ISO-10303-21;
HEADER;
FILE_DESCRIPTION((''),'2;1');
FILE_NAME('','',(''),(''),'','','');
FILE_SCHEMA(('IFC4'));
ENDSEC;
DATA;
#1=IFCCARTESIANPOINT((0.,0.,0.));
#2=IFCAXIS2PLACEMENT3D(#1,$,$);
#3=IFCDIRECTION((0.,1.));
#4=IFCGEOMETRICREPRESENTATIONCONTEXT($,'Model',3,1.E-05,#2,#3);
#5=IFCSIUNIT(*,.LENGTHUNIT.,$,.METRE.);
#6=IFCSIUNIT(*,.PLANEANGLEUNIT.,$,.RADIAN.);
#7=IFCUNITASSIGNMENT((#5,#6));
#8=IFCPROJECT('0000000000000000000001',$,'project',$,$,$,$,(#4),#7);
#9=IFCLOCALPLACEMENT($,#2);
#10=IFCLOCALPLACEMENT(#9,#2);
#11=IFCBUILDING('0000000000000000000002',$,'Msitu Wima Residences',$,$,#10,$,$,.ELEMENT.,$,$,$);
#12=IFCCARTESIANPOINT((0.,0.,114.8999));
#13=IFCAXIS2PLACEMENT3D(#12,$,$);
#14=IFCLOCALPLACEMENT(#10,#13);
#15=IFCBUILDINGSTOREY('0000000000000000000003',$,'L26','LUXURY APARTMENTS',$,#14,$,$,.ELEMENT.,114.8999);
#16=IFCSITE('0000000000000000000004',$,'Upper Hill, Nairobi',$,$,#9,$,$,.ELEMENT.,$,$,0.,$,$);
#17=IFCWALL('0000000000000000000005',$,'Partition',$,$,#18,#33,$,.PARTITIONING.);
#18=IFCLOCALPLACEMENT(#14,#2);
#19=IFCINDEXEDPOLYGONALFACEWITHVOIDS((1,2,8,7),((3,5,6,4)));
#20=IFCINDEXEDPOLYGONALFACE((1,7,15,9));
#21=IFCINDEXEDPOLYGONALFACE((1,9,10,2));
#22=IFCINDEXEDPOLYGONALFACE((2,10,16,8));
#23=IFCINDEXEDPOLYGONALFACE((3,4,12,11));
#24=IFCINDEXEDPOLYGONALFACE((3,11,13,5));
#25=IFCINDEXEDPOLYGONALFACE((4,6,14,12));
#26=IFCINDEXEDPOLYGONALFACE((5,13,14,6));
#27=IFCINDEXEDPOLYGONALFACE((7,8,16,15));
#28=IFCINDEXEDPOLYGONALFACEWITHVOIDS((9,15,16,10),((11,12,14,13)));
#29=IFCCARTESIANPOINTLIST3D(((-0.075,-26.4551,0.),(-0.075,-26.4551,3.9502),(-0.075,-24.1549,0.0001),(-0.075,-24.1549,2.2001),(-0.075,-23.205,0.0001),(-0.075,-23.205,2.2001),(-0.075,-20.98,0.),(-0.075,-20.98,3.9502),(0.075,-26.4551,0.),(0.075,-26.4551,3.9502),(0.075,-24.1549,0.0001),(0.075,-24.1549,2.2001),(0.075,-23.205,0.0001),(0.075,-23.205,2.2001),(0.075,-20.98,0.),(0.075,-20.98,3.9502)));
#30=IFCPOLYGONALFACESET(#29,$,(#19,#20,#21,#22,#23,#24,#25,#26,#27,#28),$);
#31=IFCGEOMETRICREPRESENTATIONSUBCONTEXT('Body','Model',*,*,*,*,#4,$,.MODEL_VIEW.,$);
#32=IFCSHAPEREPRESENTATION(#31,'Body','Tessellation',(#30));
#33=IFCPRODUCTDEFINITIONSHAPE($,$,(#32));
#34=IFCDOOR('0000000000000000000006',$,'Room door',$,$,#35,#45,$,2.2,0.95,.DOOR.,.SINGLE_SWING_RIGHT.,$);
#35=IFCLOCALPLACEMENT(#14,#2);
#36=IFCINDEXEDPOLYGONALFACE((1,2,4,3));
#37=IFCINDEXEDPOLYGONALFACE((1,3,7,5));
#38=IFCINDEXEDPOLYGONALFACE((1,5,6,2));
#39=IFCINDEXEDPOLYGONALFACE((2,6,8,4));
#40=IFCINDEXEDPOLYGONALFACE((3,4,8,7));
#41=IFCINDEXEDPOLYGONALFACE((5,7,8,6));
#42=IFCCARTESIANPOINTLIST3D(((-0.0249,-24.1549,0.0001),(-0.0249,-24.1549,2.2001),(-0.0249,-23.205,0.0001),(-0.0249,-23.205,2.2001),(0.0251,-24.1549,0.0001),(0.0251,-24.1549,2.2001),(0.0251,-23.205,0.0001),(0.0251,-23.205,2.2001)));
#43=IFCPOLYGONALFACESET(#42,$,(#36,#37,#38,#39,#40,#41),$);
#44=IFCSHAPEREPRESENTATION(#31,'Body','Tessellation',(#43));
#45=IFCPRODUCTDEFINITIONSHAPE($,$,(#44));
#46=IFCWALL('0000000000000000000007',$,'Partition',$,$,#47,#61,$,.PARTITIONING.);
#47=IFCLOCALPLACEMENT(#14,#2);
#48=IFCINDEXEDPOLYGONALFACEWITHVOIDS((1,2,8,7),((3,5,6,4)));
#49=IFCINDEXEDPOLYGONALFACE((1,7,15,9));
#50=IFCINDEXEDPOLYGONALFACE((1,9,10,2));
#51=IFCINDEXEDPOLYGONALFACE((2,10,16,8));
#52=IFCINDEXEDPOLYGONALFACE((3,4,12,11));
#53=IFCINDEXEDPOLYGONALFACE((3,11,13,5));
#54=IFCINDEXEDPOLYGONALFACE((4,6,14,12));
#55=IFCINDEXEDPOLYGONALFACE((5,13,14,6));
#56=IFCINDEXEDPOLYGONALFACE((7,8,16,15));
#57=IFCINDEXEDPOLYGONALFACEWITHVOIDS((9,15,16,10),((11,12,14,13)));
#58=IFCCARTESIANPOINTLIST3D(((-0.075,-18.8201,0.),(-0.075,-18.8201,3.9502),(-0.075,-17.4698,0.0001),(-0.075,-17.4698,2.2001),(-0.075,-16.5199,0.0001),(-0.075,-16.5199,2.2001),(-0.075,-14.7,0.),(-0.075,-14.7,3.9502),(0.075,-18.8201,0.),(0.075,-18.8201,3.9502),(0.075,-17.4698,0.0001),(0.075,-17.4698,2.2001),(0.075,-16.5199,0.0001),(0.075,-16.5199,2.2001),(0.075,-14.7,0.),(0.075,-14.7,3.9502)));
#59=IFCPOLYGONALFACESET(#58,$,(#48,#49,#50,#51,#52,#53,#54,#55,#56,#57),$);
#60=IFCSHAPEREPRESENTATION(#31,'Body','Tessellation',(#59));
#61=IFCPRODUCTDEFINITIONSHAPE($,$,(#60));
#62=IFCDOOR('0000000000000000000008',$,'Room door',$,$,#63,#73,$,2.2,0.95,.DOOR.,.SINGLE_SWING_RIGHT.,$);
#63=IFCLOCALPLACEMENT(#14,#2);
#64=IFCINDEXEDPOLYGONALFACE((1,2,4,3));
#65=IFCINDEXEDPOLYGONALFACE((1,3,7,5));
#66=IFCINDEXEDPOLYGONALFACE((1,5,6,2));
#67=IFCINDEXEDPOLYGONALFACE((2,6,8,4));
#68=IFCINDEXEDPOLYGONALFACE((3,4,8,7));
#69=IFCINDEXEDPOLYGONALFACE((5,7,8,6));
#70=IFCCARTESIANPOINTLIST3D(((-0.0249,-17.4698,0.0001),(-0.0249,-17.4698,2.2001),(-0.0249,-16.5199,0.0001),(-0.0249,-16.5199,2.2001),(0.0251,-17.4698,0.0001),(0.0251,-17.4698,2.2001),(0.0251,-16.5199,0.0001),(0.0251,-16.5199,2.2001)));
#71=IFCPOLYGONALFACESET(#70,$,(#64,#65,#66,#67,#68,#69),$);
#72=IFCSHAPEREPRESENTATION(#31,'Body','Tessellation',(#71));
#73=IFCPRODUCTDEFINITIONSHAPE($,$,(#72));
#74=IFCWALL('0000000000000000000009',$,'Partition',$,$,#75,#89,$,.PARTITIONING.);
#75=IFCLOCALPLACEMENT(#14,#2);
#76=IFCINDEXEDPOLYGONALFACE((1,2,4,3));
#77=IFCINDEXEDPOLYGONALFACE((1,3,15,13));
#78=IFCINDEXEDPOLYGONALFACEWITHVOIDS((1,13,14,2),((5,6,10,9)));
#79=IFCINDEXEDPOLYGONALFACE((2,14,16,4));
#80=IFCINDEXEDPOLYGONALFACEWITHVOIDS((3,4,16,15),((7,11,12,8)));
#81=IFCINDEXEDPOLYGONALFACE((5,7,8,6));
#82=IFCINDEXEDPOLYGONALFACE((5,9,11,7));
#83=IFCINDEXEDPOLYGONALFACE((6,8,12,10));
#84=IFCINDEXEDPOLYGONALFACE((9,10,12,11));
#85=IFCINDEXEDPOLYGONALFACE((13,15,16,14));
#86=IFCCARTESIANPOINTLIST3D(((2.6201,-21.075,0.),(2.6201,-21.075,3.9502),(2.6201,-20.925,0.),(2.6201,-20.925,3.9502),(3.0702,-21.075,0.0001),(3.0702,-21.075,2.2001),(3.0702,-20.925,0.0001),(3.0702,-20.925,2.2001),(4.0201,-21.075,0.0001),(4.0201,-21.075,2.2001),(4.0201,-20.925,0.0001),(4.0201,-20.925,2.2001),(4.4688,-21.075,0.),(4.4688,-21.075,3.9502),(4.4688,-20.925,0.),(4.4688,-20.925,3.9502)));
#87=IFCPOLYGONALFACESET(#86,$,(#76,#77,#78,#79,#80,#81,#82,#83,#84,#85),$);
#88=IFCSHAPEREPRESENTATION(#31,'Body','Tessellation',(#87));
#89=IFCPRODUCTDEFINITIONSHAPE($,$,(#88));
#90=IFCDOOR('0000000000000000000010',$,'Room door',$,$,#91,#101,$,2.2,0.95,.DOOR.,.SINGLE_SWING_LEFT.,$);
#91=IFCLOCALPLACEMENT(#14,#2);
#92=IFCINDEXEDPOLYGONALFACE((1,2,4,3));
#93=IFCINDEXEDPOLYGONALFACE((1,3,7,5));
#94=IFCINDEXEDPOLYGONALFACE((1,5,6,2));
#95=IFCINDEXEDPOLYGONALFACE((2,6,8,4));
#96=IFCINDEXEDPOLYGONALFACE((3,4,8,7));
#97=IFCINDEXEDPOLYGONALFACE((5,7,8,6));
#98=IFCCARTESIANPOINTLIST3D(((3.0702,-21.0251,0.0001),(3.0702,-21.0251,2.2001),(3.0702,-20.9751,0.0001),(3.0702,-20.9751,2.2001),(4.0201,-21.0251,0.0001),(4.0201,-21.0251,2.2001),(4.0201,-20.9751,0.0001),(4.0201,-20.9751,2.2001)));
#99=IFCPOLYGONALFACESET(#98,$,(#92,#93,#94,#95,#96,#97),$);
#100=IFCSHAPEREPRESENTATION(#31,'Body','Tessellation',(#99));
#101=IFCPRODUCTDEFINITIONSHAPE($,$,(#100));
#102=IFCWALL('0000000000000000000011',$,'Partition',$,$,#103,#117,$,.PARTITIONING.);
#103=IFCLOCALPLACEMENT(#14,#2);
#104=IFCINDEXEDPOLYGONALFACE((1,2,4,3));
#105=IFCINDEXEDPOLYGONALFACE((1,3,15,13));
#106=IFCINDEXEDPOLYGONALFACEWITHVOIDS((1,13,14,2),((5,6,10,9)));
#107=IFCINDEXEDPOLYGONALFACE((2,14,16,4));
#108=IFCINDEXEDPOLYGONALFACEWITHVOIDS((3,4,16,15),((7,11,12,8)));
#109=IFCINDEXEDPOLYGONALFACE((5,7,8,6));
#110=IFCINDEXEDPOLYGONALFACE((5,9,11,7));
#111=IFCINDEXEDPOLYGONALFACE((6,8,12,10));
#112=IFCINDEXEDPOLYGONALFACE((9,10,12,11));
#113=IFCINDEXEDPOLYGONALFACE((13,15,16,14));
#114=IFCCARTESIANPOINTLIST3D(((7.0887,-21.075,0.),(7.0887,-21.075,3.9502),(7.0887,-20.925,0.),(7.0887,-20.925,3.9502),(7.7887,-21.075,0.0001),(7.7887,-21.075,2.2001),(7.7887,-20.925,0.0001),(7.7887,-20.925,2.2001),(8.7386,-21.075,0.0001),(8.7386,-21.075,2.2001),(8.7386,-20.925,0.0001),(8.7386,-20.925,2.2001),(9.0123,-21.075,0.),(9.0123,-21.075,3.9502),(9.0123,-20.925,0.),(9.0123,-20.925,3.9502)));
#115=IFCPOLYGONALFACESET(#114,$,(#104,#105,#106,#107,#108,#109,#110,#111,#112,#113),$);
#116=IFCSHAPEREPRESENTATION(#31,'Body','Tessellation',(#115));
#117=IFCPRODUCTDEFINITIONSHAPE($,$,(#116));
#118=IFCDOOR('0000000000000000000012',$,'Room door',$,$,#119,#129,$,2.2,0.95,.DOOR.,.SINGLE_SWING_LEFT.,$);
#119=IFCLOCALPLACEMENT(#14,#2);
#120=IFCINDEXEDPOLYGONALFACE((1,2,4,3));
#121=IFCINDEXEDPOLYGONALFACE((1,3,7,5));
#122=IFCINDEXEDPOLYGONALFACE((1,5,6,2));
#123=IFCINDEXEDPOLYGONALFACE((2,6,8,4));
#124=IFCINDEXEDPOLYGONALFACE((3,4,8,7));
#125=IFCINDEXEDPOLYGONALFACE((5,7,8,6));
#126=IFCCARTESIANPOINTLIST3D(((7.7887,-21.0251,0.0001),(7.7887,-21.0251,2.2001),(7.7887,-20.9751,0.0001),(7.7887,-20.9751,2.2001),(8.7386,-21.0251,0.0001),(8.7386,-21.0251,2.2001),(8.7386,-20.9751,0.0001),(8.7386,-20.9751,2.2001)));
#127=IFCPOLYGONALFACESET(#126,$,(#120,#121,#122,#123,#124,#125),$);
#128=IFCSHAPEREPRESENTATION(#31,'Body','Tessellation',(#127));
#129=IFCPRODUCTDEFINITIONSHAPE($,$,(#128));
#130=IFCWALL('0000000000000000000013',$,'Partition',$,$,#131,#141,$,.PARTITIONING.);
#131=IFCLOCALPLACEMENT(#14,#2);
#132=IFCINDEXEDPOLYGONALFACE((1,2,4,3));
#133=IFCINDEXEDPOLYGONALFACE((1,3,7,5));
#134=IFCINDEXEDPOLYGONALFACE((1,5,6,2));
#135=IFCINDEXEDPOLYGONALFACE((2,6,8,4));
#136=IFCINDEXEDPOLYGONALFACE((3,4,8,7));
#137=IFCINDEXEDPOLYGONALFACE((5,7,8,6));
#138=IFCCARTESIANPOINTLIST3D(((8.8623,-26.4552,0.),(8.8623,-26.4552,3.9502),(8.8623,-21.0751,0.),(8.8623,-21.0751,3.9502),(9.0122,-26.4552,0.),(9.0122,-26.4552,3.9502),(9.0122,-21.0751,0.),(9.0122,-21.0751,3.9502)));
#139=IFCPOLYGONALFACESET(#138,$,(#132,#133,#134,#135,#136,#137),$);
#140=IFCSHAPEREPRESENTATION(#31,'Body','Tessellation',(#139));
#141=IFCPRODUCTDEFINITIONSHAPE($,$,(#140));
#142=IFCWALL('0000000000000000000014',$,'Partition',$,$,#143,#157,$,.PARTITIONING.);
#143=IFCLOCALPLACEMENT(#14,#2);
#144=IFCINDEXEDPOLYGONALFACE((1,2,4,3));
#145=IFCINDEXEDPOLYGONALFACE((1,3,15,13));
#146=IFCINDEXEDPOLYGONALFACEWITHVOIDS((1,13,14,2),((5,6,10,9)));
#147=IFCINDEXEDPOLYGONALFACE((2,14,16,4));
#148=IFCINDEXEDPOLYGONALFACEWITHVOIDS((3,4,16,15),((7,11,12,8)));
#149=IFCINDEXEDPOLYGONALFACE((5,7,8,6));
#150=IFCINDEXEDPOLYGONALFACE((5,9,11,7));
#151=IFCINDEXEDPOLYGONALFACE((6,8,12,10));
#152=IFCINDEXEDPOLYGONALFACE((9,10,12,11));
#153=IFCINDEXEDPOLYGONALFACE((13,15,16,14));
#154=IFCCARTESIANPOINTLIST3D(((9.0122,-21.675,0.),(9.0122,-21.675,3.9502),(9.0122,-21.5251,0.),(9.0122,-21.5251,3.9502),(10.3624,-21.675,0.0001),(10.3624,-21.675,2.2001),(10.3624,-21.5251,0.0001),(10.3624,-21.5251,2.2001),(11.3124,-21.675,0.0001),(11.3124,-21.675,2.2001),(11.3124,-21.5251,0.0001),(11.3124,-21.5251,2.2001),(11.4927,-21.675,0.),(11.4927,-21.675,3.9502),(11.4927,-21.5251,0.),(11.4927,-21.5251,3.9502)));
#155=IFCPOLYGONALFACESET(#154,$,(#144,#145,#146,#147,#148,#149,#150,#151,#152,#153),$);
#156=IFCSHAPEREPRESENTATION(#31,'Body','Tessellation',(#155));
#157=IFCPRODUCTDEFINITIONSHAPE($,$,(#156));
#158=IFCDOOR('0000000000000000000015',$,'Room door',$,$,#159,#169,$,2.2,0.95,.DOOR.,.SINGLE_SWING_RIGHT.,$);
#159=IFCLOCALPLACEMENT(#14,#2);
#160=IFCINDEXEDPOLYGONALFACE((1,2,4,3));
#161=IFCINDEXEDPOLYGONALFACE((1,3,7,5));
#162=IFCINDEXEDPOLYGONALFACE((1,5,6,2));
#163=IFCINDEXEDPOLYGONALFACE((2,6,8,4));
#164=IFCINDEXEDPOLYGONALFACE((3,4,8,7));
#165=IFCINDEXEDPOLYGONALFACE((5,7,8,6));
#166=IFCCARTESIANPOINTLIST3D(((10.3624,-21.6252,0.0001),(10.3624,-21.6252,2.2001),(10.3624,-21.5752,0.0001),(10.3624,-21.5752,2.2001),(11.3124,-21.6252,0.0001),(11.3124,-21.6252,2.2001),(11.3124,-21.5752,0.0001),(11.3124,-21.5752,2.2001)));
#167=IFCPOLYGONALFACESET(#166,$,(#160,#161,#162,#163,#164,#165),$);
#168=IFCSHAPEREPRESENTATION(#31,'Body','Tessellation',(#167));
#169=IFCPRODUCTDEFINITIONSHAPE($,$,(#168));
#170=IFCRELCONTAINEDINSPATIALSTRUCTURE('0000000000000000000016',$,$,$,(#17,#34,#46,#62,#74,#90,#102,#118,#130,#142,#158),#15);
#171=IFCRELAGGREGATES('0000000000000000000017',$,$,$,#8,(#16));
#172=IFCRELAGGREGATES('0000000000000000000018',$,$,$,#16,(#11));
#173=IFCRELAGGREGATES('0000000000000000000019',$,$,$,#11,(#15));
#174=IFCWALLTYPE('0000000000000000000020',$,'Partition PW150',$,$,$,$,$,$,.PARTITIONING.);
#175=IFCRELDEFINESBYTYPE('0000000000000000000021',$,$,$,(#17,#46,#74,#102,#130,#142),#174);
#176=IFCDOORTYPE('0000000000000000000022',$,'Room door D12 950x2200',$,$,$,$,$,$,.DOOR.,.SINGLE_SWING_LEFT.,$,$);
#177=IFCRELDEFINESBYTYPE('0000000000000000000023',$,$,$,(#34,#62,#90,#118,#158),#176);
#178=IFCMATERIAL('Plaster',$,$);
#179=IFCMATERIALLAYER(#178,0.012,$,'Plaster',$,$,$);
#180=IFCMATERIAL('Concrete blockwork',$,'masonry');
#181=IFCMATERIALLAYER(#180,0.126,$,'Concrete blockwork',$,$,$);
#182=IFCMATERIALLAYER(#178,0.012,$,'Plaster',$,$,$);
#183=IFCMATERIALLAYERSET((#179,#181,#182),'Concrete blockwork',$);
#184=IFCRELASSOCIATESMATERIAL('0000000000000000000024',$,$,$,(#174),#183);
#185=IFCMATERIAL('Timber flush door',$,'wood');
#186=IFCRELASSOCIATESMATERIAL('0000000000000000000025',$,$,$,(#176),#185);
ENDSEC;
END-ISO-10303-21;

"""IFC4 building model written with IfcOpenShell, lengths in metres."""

from ifc_helpers import new_model, si_unit, direction, frame, frame_2d, origin, place, context, subcontext, project, spatial, rectangle, extrude, material, layer, layer_set, type_object, element, fill, save


model = new_model("IFC4")

# Units and contexts
model_context = context("Model", 3, precision=1e-05, world=origin(), true_north=direction((0.0, 1.0)))
body_context = subcontext(model_context, "Body", "Model", "MODEL_VIEW")
ifc_project = project(units=[si_unit("LENGTHUNIT", "METRE"), si_unit("PLANEANGLEUNIT", "RADIAN")], contexts=[model_context])

# Site, building, storey
site_placement = place(None, origin())
site = spatial("IfcSite", under=ifc_project, at=site_placement, Name="Upper Hill, Nairobi", CompositionType="ELEMENT", RefElevation=0.0)
building_placement = place(site_placement, origin())
building = spatial("IfcBuilding", under=site, at=building_placement, Name="Msitu Wima Residences", CompositionType="ELEMENT")
storey_placement = place(building_placement, frame((0.0, 0.0, 114.8999)))
storey = spatial("IfcBuildingStorey", under=building, at=storey_placement, Name="L26", Description="LUXURY APARTMENTS", CompositionType="ELEMENT", Elevation=114.8999)

# Walls, openings, doors
ifc_material_1 = material(Name="Plaster")
ifc_layer_1 = layer(ifc_material_1, 0.012, Name="Plaster")
ifc_material_2 = material(Name="Concrete blockwork", Category="masonry")
ifc_layer_2 = layer(ifc_material_2, 0.126, Name="Concrete blockwork")
ifc_layer_3 = layer(ifc_material_1, 0.012, Name="Plaster")
ifc_layer_set_1 = layer_set([ifc_layer_1, ifc_layer_2, ifc_layer_3], Name="Concrete blockwork")
wall_type_1 = type_object("IfcWallType", Name="Partition PW150", PredefinedType="PARTITIONING", material=ifc_layer_set_1)
wall_1_placement = place(storey_placement, frame((0.0, -26.4551, 0.0), z_axis=(0.0, 0.0, 1.0), x_axis=(0.0, 1.0, 0.0)))
wall_1 = element("IfcWall", 1, at=wall_1_placement, inside=storey, type_object=wall_type_1, Name="Partition", PredefinedType="PARTITIONING", context=body_context, shape_type="SweptSolid", body=[
    extrude(rectangle(XDim=5.4751, YDim=0.1499, at=frame_2d((2.7375, 0.0))), origin(), (0.0, 0.0, 1.0), 3.9502),
])
opening_1_placement = place(wall_1_placement, frame((2.3, 0.0, 0.0)))
opening_1 = element("IfcOpeningElement", 2, at=opening_1_placement, cuts=wall_1, PredefinedType="OPENING", context=body_context, shape_type="SweptSolid", body=[
    extrude(rectangle(XDim=0.95, YDim=2.2, at=frame_2d((0.4751, 1.1001))), frame((0.0, 0.085, 0.0), z_axis=(0.0, -1.0, 0.0), x_axis=(1.0, 0.0, 0.0)), (0.0, 0.0, 1.0), 0.1699),
])
ifc_material_3 = material(Name="Timber flush door", Category="wood")
door_type_1 = type_object("IfcDoorType", Name="Room door D12 950x2200", OperationType="SINGLE_SWING_LEFT", PredefinedType="DOOR", material=ifc_material_3)
door_1_placement = place(opening_1_placement, origin())
door_1 = element("IfcDoor", 3, at=door_1_placement, inside=storey, type_object=door_type_1, Name="Room door", OperationType="SINGLE_SWING_RIGHT", OverallHeight=2.2, OverallWidth=0.95, PredefinedType="DOOR", context=body_context, shape_type="SweptSolid", body=[
    extrude(rectangle(XDim=0.95, YDim=2.2, at=frame_2d((0.4751, 1.1001))), frame((0.0, 0.0249, 0.0), z_axis=(0.0, -1.0, 0.0), x_axis=(1.0, 0.0, 0.0)), (0.0, 0.0, 1.0), 0.05),
])
fill(opening_1, door_1)
wall_2_placement = place(storey_placement, frame((0.0, -18.8201, 0.0), z_axis=(0.0, 0.0, 1.0), x_axis=(0.0, 1.0, 0.0)))
wall_2 = element("IfcWall", 4, at=wall_2_placement, inside=storey, type_object=wall_type_1, Name="Partition", PredefinedType="PARTITIONING", context=body_context, shape_type="SweptSolid", body=[
    extrude(rectangle(XDim=4.1201, YDim=0.1499, at=frame_2d((2.0601, 0.0))), origin(), (0.0, 0.0, 1.0), 3.9502),
])
opening_2_placement = place(wall_2_placement, frame((1.3501, 0.0, 0.0)))
opening_2 = element("IfcOpeningElement", 5, at=opening_2_placement, cuts=wall_2, PredefinedType="OPENING", context=body_context, shape_type="SweptSolid", body=[
    extrude(rectangle(XDim=0.95, YDim=2.2, at=frame_2d((0.4751, 1.1001))), frame((0.0, 0.085, 0.0), z_axis=(0.0, -1.0, 0.0), x_axis=(1.0, 0.0, 0.0)), (0.0, 0.0, 1.0), 0.1699),
])
door_2_placement = place(opening_2_placement, origin())
door_2 = element("IfcDoor", 6, at=door_2_placement, inside=storey, type_object=door_type_1, Name="Room door", OperationType="SINGLE_SWING_RIGHT", OverallHeight=2.2, OverallWidth=0.95, PredefinedType="DOOR", context=body_context, shape_type="SweptSolid", body=[
    extrude(rectangle(XDim=0.95, YDim=2.2, at=frame_2d((0.4751, 1.1001))), frame((0.0, 0.0249, 0.0), z_axis=(0.0, -1.0, 0.0), x_axis=(1.0, 0.0, 0.0)), (0.0, 0.0, 1.0), 0.05),
])
fill(opening_2, door_2)
wall_3_placement = place(storey_placement, frame((2.6201, -21.0, 0.0), z_axis=(0.0, 0.0, 1.0), x_axis=(1.0, 0.0, 0.0)))
wall_3 = element("IfcWall", 7, at=wall_3_placement, inside=storey, type_object=wall_type_1, Name="Partition", PredefinedType="PARTITIONING", context=body_context, shape_type="SweptSolid", body=[
    extrude(rectangle(XDim=1.8486, YDim=0.1499, at=frame_2d((0.9243, 0.0))), origin(), (0.0, 0.0, 1.0), 3.9502),
])
opening_3_placement = place(wall_3_placement, frame((0.45, 0.0, 0.0)))
opening_3 = element("IfcOpeningElement", 8, at=opening_3_placement, cuts=wall_3, PredefinedType="OPENING", context=body_context, shape_type="SweptSolid", body=[
    extrude(rectangle(XDim=0.95, YDim=2.2, at=frame_2d((0.4751, 1.1001))), frame((0.0, 0.085, 0.0), z_axis=(0.0, -1.0, 0.0), x_axis=(1.0, 0.0, 0.0)), (0.0, 0.0, 1.0), 0.1699),
])
door_3_placement = place(opening_3_placement, origin())
door_3 = element("IfcDoor", 9, at=door_3_placement, inside=storey, type_object=door_type_1, Name="Room door", OperationType="SINGLE_SWING_LEFT", OverallHeight=2.2, OverallWidth=0.95, PredefinedType="DOOR", context=body_context, shape_type="SweptSolid", body=[
    extrude(rectangle(XDim=0.95, YDim=2.2, at=frame_2d((0.4751, 1.1001))), frame((0.0, 0.0249, 0.0), z_axis=(0.0, -1.0, 0.0), x_axis=(1.0, 0.0, 0.0)), (0.0, 0.0, 1.0), 0.05),
])
fill(opening_3, door_3)
wall_4_placement = place(storey_placement, frame((7.0886, -21.0, 0.0), z_axis=(0.0, 0.0, 1.0), x_axis=(1.0, 0.0, 0.0)))
wall_4 = element("IfcWall", 10, at=wall_4_placement, inside=storey, type_object=wall_type_1, Name="Partition", PredefinedType="PARTITIONING", context=body_context, shape_type="SweptSolid", body=[
    extrude(rectangle(XDim=1.9236, YDim=0.1499, at=frame_2d((0.9619, 0.0))), origin(), (0.0, 0.0, 1.0), 3.9502),
])
opening_4_placement = place(wall_4_placement, frame((0.7, 0.0, 0.0)))
opening_4 = element("IfcOpeningElement", 11, at=opening_4_placement, cuts=wall_4, PredefinedType="OPENING", context=body_context, shape_type="SweptSolid", body=[
    extrude(rectangle(XDim=0.95, YDim=2.2, at=frame_2d((0.4751, 1.1001))), frame((0.0, 0.085, 0.0), z_axis=(0.0, -1.0, 0.0), x_axis=(1.0, 0.0, 0.0)), (0.0, 0.0, 1.0), 0.1699),
])
door_4_placement = place(opening_4_placement, origin())
door_4 = element("IfcDoor", 12, at=door_4_placement, inside=storey, type_object=door_type_1, Name="Room door", OperationType="SINGLE_SWING_LEFT", OverallHeight=2.2, OverallWidth=0.95, PredefinedType="DOOR", context=body_context, shape_type="SweptSolid", body=[
    extrude(rectangle(XDim=0.95, YDim=2.2, at=frame_2d((0.4751, 1.1001))), frame((0.0, 0.0249, 0.0), z_axis=(0.0, -1.0, 0.0), x_axis=(1.0, 0.0, 0.0)), (0.0, 0.0, 1.0), 0.05),
])
fill(opening_4, door_4)

# Wall
wall_5_placement = place(storey_placement, frame((8.9373, -26.4551, 0.0), z_axis=(0.0, 0.0, 1.0), x_axis=(0.0, 1.0, 0.0)))
element("IfcWall", 13, at=wall_5_placement, inside=storey, type_object=wall_type_1, Name="Partition", PredefinedType="PARTITIONING", context=body_context, shape_type="SweptSolid", body=[
    extrude(rectangle(XDim=5.3801, YDim=0.1499, at=frame_2d((2.6899, 0.0))), origin(), (0.0, 0.0, 1.0), 3.9502),
])

# Wall, opening, door
wall_6_placement = place(storey_placement, frame((9.0122, -21.6001, 0.0), z_axis=(0.0, 0.0, 1.0), x_axis=(1.0, 0.0, 0.0)))
wall_6 = element("IfcWall", 14, at=wall_6_placement, inside=storey, type_object=wall_type_1, Name="Partition", PredefinedType="PARTITIONING", context=body_context, shape_type="SweptSolid", body=[
    extrude(rectangle(XDim=2.4805, YDim=0.1499, at=frame_2d((1.2402, 0.0))), origin(), (0.0, 0.0, 1.0), 3.9502),
])
opening_5_placement = place(wall_6_placement, frame((1.3501, 0.0, 0.0)))
opening_5 = element("IfcOpeningElement", 15, at=opening_5_placement, cuts=wall_6, PredefinedType="OPENING", context=body_context, shape_type="SweptSolid", body=[
    extrude(rectangle(XDim=0.95, YDim=2.2, at=frame_2d((0.4751, 1.1001))), frame((0.0, 0.085, 0.0), z_axis=(0.0, -1.0, 0.0), x_axis=(1.0, 0.0, 0.0)), (0.0, 0.0, 1.0), 0.1699),
])
door_5_placement = place(opening_5_placement, origin())
door_5 = element("IfcDoor", 16, at=door_5_placement, inside=storey, type_object=door_type_1, Name="Room door", OperationType="SINGLE_SWING_RIGHT", OverallHeight=2.2, OverallWidth=0.95, PredefinedType="DOOR", context=body_context, shape_type="SweptSolid", body=[
    extrude(rectangle(XDim=0.95, YDim=2.2, at=frame_2d((0.4751, 1.1001))), frame((0.0, 0.0249, 0.0), z_axis=(0.0, -1.0, 0.0), x_axis=(1.0, 0.0, 0.0)), (0.0, 0.0, 1.0), 0.05),
])
fill(opening_5, door_5)

save(model, "model.ifc")
